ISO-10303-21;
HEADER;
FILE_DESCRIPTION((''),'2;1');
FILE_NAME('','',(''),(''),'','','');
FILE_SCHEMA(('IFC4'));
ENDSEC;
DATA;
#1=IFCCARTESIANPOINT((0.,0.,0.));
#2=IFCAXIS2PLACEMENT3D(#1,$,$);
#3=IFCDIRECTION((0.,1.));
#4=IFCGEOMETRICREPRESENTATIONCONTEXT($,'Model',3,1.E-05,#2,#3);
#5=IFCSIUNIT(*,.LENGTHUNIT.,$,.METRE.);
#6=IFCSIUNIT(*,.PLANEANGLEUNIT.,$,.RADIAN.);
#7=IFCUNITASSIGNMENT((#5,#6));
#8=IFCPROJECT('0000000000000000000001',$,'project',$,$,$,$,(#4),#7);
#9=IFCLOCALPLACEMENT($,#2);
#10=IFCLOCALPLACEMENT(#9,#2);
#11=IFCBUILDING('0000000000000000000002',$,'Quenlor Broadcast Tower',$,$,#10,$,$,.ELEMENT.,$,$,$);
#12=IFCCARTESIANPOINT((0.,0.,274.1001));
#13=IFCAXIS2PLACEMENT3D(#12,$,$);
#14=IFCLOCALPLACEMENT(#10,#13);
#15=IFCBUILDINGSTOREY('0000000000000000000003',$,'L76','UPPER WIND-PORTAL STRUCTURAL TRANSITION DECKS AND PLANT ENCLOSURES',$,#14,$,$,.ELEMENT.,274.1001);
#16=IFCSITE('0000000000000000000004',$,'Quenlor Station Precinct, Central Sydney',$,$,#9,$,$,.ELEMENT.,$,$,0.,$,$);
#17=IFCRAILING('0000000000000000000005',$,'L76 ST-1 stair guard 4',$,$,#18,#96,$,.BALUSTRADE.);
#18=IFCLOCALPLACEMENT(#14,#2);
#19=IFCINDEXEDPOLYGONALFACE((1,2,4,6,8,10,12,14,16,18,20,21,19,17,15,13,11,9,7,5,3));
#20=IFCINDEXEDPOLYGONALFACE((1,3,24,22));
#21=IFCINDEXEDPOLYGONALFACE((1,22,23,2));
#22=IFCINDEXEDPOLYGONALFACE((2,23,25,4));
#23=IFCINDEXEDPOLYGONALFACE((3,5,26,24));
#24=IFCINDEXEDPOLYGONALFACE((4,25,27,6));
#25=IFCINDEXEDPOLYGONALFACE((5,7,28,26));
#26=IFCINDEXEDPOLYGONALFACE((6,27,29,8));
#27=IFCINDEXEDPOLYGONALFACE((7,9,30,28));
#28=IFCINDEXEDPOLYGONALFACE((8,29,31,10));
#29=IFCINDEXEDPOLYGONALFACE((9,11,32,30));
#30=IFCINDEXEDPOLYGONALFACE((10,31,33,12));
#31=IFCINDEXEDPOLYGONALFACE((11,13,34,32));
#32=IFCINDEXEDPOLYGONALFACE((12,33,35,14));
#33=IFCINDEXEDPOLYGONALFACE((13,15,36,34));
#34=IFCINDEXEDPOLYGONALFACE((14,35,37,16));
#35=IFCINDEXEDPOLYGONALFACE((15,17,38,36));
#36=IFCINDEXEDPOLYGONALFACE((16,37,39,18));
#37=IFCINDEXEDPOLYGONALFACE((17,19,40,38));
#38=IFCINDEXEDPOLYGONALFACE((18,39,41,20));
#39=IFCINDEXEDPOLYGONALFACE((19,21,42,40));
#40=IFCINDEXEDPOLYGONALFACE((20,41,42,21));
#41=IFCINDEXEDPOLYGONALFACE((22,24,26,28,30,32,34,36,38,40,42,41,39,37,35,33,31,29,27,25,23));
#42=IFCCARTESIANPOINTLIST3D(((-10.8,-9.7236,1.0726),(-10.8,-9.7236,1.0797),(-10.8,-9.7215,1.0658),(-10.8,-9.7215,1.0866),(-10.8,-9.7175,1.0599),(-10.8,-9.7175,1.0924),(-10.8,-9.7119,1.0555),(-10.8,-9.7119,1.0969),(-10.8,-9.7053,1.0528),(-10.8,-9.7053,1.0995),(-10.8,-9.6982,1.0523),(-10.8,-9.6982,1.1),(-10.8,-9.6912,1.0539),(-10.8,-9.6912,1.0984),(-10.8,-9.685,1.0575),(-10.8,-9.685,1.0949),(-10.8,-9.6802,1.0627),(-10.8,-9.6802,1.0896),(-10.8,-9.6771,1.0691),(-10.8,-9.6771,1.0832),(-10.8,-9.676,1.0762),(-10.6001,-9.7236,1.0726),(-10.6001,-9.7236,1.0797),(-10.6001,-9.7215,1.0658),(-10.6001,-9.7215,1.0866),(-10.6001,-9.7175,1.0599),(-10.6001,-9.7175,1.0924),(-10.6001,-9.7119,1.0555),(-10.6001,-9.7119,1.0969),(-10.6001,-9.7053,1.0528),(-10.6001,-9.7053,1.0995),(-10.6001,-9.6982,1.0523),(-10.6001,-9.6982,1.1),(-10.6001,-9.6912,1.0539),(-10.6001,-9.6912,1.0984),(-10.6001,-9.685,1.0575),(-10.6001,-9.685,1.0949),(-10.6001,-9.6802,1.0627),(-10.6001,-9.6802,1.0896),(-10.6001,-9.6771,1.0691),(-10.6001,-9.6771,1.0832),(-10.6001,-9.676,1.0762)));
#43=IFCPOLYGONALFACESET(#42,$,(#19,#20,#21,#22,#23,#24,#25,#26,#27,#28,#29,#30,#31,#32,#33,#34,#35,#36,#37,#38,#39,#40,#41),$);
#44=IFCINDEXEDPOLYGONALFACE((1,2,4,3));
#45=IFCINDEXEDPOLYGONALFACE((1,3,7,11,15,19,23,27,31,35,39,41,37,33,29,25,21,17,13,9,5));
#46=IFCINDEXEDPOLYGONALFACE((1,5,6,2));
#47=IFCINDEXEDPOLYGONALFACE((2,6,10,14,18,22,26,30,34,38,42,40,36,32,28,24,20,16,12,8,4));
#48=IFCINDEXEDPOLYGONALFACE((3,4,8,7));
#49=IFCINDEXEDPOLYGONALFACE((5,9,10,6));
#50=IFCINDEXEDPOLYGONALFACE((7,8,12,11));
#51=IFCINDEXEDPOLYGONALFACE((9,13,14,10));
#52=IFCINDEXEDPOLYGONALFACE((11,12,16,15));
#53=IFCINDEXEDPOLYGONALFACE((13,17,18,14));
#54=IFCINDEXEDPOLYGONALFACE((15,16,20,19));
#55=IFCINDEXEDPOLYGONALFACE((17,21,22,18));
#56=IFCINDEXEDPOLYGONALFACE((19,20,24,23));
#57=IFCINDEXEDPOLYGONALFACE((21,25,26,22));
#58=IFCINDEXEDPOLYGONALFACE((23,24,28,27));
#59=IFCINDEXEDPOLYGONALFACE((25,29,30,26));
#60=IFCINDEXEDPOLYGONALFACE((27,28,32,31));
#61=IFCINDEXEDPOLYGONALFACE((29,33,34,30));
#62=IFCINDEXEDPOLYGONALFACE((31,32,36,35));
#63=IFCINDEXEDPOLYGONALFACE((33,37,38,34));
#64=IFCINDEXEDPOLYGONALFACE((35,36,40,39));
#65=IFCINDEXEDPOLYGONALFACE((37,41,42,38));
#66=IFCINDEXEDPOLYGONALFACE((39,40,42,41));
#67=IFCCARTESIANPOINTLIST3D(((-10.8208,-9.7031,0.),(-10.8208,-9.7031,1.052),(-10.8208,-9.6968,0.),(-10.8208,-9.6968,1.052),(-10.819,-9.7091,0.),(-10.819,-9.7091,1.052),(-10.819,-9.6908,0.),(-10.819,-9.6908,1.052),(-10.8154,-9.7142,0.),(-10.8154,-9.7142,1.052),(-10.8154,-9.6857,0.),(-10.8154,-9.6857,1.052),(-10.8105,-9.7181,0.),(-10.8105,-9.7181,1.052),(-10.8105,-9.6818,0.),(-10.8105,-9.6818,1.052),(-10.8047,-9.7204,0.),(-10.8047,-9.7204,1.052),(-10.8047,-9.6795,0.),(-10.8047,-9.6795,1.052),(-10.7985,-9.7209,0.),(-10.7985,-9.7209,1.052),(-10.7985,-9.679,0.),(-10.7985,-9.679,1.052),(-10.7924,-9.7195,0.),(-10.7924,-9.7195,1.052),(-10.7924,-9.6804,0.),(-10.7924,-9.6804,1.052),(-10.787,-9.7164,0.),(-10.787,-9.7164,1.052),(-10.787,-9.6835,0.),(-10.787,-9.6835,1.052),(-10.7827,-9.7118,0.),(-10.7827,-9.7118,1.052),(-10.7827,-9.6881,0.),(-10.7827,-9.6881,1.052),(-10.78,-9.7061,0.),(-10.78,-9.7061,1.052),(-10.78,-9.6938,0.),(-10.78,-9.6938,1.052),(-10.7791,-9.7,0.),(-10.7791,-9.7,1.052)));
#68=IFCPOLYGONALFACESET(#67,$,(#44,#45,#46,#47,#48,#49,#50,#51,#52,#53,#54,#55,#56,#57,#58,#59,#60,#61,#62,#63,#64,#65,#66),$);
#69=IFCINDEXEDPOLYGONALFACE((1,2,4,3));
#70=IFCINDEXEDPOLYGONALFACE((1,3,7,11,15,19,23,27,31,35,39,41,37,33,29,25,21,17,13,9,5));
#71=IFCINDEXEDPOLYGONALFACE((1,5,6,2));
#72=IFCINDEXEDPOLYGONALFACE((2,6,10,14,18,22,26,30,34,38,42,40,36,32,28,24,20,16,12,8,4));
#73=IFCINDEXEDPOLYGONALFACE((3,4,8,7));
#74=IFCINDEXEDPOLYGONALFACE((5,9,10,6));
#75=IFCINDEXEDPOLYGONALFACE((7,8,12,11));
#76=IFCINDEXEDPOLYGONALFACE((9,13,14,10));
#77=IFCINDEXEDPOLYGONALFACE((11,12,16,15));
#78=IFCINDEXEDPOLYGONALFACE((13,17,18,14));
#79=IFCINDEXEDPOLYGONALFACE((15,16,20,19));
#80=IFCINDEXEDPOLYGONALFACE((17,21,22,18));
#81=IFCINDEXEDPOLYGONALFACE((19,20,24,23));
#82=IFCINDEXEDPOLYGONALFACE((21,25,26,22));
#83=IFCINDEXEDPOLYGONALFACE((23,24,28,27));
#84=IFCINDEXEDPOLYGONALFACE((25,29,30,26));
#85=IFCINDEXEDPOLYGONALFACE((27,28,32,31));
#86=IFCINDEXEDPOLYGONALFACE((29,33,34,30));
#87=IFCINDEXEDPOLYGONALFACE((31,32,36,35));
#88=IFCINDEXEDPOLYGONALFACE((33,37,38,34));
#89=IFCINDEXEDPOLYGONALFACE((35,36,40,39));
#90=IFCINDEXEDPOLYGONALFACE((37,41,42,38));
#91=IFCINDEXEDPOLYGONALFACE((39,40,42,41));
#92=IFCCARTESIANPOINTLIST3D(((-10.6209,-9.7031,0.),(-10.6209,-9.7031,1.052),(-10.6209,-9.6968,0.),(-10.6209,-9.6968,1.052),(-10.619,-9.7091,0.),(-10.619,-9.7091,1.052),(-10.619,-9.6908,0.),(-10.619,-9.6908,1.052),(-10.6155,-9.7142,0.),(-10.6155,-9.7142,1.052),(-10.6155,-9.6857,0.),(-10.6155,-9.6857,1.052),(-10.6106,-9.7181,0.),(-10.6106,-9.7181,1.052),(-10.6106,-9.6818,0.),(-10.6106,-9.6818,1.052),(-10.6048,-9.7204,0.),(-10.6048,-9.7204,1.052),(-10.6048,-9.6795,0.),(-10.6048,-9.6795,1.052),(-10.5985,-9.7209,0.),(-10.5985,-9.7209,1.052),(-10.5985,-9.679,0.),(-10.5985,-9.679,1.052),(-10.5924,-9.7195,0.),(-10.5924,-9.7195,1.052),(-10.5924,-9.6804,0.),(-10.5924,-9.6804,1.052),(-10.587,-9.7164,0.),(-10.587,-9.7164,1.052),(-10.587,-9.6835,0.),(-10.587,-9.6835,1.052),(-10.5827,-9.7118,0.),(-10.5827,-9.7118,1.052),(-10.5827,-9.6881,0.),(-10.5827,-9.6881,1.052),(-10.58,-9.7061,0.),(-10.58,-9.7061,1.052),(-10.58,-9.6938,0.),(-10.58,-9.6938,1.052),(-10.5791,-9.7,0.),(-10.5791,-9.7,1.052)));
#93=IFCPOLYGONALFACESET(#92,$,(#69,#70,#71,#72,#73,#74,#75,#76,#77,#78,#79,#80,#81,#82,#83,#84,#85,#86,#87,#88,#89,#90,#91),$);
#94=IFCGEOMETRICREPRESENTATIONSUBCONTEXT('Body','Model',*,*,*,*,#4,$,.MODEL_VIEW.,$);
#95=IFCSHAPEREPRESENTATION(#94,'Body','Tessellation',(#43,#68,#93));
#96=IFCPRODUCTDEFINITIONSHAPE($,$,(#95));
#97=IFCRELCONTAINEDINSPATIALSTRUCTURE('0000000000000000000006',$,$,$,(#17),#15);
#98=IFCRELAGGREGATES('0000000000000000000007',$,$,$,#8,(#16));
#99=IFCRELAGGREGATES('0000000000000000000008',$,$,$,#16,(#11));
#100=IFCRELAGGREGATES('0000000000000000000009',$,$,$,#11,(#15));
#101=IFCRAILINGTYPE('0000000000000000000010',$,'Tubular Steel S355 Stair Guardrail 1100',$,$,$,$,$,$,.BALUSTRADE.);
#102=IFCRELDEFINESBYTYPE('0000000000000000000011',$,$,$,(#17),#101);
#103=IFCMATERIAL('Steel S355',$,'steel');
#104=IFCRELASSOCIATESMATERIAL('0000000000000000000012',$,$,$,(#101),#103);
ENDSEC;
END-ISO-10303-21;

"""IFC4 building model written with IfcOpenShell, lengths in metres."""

from ifc_helpers import new_model, si_unit, direction, frame, origin, origin_2d, place, context, subcontext, project, spatial, circle, extrude, material, type_object, element, save


model = new_model("IFC4")

# Units and contexts
model_context = context("Model", 3, precision=1e-05, world=origin(), true_north=direction((0.0, 1.0)))
body_context = subcontext(model_context, "Body", "Model", "MODEL_VIEW")
ifc_project = project(units=[si_unit("LENGTHUNIT", "METRE"), si_unit("PLANEANGLEUNIT", "RADIAN")], contexts=[model_context])

# Site, building, storey
site_placement = place(None, origin())
site = spatial("IfcSite", under=ifc_project, at=site_placement, Name="Quenlor Station Precinct, Central Sydney", CompositionType="ELEMENT", RefElevation=0.0)
building_placement = place(site_placement, origin())
building = spatial("IfcBuilding", under=site, at=building_placement, Name="Quenlor Broadcast Tower", CompositionType="ELEMENT")
storey_placement = place(building_placement, frame((0.0, 0.0, 274.1001)))
storey = spatial("IfcBuildingStorey", under=building, at=storey_placement, Name="L76", Description="UPPER WIND-PORTAL STRUCTURAL TRANSITION DECKS AND PLANT ENCLOSURES", CompositionType="ELEMENT", Elevation=274.1001)

# Railing
ifc_material_1 = material(Name="Steel S355", Category="steel")
railing_type_1 = type_object("IfcRailingType", Name="Tubular Steel S355 Stair Guardrail 1100", PredefinedType="BALUSTRADE", material=ifc_material_1)
railing_1_placement = place(storey_placement, frame((-10.8, -9.7, 0.0)))
element("IfcRailing", 1, at=railing_1_placement, inside=storey, type_object=railing_type_1, Name="L76 ST-1 stair guard 4", PredefinedType="BALUSTRADE", context=body_context, shape_type="SweptSolid", body=[
    extrude(circle(Radius=0.0239, at=origin_2d()), frame((0.0, 0.0, 1.0762), z_axis=(1.0, 0.0, 0.0), x_axis=(0.0, 1.0, 0.0)), (0.0, 0.0, 1.0), 0.2),
    extrude(circle(Radius=0.021, at=origin_2d()), origin(), (0.0, 0.0, 1.0), 1.052),
    extrude(circle(Radius=0.021, at=origin_2d()), frame((0.2, 0.0, 0.0)), (0.0, 0.0, 1.0), 1.052),
])

save(model, "model.ifc")
